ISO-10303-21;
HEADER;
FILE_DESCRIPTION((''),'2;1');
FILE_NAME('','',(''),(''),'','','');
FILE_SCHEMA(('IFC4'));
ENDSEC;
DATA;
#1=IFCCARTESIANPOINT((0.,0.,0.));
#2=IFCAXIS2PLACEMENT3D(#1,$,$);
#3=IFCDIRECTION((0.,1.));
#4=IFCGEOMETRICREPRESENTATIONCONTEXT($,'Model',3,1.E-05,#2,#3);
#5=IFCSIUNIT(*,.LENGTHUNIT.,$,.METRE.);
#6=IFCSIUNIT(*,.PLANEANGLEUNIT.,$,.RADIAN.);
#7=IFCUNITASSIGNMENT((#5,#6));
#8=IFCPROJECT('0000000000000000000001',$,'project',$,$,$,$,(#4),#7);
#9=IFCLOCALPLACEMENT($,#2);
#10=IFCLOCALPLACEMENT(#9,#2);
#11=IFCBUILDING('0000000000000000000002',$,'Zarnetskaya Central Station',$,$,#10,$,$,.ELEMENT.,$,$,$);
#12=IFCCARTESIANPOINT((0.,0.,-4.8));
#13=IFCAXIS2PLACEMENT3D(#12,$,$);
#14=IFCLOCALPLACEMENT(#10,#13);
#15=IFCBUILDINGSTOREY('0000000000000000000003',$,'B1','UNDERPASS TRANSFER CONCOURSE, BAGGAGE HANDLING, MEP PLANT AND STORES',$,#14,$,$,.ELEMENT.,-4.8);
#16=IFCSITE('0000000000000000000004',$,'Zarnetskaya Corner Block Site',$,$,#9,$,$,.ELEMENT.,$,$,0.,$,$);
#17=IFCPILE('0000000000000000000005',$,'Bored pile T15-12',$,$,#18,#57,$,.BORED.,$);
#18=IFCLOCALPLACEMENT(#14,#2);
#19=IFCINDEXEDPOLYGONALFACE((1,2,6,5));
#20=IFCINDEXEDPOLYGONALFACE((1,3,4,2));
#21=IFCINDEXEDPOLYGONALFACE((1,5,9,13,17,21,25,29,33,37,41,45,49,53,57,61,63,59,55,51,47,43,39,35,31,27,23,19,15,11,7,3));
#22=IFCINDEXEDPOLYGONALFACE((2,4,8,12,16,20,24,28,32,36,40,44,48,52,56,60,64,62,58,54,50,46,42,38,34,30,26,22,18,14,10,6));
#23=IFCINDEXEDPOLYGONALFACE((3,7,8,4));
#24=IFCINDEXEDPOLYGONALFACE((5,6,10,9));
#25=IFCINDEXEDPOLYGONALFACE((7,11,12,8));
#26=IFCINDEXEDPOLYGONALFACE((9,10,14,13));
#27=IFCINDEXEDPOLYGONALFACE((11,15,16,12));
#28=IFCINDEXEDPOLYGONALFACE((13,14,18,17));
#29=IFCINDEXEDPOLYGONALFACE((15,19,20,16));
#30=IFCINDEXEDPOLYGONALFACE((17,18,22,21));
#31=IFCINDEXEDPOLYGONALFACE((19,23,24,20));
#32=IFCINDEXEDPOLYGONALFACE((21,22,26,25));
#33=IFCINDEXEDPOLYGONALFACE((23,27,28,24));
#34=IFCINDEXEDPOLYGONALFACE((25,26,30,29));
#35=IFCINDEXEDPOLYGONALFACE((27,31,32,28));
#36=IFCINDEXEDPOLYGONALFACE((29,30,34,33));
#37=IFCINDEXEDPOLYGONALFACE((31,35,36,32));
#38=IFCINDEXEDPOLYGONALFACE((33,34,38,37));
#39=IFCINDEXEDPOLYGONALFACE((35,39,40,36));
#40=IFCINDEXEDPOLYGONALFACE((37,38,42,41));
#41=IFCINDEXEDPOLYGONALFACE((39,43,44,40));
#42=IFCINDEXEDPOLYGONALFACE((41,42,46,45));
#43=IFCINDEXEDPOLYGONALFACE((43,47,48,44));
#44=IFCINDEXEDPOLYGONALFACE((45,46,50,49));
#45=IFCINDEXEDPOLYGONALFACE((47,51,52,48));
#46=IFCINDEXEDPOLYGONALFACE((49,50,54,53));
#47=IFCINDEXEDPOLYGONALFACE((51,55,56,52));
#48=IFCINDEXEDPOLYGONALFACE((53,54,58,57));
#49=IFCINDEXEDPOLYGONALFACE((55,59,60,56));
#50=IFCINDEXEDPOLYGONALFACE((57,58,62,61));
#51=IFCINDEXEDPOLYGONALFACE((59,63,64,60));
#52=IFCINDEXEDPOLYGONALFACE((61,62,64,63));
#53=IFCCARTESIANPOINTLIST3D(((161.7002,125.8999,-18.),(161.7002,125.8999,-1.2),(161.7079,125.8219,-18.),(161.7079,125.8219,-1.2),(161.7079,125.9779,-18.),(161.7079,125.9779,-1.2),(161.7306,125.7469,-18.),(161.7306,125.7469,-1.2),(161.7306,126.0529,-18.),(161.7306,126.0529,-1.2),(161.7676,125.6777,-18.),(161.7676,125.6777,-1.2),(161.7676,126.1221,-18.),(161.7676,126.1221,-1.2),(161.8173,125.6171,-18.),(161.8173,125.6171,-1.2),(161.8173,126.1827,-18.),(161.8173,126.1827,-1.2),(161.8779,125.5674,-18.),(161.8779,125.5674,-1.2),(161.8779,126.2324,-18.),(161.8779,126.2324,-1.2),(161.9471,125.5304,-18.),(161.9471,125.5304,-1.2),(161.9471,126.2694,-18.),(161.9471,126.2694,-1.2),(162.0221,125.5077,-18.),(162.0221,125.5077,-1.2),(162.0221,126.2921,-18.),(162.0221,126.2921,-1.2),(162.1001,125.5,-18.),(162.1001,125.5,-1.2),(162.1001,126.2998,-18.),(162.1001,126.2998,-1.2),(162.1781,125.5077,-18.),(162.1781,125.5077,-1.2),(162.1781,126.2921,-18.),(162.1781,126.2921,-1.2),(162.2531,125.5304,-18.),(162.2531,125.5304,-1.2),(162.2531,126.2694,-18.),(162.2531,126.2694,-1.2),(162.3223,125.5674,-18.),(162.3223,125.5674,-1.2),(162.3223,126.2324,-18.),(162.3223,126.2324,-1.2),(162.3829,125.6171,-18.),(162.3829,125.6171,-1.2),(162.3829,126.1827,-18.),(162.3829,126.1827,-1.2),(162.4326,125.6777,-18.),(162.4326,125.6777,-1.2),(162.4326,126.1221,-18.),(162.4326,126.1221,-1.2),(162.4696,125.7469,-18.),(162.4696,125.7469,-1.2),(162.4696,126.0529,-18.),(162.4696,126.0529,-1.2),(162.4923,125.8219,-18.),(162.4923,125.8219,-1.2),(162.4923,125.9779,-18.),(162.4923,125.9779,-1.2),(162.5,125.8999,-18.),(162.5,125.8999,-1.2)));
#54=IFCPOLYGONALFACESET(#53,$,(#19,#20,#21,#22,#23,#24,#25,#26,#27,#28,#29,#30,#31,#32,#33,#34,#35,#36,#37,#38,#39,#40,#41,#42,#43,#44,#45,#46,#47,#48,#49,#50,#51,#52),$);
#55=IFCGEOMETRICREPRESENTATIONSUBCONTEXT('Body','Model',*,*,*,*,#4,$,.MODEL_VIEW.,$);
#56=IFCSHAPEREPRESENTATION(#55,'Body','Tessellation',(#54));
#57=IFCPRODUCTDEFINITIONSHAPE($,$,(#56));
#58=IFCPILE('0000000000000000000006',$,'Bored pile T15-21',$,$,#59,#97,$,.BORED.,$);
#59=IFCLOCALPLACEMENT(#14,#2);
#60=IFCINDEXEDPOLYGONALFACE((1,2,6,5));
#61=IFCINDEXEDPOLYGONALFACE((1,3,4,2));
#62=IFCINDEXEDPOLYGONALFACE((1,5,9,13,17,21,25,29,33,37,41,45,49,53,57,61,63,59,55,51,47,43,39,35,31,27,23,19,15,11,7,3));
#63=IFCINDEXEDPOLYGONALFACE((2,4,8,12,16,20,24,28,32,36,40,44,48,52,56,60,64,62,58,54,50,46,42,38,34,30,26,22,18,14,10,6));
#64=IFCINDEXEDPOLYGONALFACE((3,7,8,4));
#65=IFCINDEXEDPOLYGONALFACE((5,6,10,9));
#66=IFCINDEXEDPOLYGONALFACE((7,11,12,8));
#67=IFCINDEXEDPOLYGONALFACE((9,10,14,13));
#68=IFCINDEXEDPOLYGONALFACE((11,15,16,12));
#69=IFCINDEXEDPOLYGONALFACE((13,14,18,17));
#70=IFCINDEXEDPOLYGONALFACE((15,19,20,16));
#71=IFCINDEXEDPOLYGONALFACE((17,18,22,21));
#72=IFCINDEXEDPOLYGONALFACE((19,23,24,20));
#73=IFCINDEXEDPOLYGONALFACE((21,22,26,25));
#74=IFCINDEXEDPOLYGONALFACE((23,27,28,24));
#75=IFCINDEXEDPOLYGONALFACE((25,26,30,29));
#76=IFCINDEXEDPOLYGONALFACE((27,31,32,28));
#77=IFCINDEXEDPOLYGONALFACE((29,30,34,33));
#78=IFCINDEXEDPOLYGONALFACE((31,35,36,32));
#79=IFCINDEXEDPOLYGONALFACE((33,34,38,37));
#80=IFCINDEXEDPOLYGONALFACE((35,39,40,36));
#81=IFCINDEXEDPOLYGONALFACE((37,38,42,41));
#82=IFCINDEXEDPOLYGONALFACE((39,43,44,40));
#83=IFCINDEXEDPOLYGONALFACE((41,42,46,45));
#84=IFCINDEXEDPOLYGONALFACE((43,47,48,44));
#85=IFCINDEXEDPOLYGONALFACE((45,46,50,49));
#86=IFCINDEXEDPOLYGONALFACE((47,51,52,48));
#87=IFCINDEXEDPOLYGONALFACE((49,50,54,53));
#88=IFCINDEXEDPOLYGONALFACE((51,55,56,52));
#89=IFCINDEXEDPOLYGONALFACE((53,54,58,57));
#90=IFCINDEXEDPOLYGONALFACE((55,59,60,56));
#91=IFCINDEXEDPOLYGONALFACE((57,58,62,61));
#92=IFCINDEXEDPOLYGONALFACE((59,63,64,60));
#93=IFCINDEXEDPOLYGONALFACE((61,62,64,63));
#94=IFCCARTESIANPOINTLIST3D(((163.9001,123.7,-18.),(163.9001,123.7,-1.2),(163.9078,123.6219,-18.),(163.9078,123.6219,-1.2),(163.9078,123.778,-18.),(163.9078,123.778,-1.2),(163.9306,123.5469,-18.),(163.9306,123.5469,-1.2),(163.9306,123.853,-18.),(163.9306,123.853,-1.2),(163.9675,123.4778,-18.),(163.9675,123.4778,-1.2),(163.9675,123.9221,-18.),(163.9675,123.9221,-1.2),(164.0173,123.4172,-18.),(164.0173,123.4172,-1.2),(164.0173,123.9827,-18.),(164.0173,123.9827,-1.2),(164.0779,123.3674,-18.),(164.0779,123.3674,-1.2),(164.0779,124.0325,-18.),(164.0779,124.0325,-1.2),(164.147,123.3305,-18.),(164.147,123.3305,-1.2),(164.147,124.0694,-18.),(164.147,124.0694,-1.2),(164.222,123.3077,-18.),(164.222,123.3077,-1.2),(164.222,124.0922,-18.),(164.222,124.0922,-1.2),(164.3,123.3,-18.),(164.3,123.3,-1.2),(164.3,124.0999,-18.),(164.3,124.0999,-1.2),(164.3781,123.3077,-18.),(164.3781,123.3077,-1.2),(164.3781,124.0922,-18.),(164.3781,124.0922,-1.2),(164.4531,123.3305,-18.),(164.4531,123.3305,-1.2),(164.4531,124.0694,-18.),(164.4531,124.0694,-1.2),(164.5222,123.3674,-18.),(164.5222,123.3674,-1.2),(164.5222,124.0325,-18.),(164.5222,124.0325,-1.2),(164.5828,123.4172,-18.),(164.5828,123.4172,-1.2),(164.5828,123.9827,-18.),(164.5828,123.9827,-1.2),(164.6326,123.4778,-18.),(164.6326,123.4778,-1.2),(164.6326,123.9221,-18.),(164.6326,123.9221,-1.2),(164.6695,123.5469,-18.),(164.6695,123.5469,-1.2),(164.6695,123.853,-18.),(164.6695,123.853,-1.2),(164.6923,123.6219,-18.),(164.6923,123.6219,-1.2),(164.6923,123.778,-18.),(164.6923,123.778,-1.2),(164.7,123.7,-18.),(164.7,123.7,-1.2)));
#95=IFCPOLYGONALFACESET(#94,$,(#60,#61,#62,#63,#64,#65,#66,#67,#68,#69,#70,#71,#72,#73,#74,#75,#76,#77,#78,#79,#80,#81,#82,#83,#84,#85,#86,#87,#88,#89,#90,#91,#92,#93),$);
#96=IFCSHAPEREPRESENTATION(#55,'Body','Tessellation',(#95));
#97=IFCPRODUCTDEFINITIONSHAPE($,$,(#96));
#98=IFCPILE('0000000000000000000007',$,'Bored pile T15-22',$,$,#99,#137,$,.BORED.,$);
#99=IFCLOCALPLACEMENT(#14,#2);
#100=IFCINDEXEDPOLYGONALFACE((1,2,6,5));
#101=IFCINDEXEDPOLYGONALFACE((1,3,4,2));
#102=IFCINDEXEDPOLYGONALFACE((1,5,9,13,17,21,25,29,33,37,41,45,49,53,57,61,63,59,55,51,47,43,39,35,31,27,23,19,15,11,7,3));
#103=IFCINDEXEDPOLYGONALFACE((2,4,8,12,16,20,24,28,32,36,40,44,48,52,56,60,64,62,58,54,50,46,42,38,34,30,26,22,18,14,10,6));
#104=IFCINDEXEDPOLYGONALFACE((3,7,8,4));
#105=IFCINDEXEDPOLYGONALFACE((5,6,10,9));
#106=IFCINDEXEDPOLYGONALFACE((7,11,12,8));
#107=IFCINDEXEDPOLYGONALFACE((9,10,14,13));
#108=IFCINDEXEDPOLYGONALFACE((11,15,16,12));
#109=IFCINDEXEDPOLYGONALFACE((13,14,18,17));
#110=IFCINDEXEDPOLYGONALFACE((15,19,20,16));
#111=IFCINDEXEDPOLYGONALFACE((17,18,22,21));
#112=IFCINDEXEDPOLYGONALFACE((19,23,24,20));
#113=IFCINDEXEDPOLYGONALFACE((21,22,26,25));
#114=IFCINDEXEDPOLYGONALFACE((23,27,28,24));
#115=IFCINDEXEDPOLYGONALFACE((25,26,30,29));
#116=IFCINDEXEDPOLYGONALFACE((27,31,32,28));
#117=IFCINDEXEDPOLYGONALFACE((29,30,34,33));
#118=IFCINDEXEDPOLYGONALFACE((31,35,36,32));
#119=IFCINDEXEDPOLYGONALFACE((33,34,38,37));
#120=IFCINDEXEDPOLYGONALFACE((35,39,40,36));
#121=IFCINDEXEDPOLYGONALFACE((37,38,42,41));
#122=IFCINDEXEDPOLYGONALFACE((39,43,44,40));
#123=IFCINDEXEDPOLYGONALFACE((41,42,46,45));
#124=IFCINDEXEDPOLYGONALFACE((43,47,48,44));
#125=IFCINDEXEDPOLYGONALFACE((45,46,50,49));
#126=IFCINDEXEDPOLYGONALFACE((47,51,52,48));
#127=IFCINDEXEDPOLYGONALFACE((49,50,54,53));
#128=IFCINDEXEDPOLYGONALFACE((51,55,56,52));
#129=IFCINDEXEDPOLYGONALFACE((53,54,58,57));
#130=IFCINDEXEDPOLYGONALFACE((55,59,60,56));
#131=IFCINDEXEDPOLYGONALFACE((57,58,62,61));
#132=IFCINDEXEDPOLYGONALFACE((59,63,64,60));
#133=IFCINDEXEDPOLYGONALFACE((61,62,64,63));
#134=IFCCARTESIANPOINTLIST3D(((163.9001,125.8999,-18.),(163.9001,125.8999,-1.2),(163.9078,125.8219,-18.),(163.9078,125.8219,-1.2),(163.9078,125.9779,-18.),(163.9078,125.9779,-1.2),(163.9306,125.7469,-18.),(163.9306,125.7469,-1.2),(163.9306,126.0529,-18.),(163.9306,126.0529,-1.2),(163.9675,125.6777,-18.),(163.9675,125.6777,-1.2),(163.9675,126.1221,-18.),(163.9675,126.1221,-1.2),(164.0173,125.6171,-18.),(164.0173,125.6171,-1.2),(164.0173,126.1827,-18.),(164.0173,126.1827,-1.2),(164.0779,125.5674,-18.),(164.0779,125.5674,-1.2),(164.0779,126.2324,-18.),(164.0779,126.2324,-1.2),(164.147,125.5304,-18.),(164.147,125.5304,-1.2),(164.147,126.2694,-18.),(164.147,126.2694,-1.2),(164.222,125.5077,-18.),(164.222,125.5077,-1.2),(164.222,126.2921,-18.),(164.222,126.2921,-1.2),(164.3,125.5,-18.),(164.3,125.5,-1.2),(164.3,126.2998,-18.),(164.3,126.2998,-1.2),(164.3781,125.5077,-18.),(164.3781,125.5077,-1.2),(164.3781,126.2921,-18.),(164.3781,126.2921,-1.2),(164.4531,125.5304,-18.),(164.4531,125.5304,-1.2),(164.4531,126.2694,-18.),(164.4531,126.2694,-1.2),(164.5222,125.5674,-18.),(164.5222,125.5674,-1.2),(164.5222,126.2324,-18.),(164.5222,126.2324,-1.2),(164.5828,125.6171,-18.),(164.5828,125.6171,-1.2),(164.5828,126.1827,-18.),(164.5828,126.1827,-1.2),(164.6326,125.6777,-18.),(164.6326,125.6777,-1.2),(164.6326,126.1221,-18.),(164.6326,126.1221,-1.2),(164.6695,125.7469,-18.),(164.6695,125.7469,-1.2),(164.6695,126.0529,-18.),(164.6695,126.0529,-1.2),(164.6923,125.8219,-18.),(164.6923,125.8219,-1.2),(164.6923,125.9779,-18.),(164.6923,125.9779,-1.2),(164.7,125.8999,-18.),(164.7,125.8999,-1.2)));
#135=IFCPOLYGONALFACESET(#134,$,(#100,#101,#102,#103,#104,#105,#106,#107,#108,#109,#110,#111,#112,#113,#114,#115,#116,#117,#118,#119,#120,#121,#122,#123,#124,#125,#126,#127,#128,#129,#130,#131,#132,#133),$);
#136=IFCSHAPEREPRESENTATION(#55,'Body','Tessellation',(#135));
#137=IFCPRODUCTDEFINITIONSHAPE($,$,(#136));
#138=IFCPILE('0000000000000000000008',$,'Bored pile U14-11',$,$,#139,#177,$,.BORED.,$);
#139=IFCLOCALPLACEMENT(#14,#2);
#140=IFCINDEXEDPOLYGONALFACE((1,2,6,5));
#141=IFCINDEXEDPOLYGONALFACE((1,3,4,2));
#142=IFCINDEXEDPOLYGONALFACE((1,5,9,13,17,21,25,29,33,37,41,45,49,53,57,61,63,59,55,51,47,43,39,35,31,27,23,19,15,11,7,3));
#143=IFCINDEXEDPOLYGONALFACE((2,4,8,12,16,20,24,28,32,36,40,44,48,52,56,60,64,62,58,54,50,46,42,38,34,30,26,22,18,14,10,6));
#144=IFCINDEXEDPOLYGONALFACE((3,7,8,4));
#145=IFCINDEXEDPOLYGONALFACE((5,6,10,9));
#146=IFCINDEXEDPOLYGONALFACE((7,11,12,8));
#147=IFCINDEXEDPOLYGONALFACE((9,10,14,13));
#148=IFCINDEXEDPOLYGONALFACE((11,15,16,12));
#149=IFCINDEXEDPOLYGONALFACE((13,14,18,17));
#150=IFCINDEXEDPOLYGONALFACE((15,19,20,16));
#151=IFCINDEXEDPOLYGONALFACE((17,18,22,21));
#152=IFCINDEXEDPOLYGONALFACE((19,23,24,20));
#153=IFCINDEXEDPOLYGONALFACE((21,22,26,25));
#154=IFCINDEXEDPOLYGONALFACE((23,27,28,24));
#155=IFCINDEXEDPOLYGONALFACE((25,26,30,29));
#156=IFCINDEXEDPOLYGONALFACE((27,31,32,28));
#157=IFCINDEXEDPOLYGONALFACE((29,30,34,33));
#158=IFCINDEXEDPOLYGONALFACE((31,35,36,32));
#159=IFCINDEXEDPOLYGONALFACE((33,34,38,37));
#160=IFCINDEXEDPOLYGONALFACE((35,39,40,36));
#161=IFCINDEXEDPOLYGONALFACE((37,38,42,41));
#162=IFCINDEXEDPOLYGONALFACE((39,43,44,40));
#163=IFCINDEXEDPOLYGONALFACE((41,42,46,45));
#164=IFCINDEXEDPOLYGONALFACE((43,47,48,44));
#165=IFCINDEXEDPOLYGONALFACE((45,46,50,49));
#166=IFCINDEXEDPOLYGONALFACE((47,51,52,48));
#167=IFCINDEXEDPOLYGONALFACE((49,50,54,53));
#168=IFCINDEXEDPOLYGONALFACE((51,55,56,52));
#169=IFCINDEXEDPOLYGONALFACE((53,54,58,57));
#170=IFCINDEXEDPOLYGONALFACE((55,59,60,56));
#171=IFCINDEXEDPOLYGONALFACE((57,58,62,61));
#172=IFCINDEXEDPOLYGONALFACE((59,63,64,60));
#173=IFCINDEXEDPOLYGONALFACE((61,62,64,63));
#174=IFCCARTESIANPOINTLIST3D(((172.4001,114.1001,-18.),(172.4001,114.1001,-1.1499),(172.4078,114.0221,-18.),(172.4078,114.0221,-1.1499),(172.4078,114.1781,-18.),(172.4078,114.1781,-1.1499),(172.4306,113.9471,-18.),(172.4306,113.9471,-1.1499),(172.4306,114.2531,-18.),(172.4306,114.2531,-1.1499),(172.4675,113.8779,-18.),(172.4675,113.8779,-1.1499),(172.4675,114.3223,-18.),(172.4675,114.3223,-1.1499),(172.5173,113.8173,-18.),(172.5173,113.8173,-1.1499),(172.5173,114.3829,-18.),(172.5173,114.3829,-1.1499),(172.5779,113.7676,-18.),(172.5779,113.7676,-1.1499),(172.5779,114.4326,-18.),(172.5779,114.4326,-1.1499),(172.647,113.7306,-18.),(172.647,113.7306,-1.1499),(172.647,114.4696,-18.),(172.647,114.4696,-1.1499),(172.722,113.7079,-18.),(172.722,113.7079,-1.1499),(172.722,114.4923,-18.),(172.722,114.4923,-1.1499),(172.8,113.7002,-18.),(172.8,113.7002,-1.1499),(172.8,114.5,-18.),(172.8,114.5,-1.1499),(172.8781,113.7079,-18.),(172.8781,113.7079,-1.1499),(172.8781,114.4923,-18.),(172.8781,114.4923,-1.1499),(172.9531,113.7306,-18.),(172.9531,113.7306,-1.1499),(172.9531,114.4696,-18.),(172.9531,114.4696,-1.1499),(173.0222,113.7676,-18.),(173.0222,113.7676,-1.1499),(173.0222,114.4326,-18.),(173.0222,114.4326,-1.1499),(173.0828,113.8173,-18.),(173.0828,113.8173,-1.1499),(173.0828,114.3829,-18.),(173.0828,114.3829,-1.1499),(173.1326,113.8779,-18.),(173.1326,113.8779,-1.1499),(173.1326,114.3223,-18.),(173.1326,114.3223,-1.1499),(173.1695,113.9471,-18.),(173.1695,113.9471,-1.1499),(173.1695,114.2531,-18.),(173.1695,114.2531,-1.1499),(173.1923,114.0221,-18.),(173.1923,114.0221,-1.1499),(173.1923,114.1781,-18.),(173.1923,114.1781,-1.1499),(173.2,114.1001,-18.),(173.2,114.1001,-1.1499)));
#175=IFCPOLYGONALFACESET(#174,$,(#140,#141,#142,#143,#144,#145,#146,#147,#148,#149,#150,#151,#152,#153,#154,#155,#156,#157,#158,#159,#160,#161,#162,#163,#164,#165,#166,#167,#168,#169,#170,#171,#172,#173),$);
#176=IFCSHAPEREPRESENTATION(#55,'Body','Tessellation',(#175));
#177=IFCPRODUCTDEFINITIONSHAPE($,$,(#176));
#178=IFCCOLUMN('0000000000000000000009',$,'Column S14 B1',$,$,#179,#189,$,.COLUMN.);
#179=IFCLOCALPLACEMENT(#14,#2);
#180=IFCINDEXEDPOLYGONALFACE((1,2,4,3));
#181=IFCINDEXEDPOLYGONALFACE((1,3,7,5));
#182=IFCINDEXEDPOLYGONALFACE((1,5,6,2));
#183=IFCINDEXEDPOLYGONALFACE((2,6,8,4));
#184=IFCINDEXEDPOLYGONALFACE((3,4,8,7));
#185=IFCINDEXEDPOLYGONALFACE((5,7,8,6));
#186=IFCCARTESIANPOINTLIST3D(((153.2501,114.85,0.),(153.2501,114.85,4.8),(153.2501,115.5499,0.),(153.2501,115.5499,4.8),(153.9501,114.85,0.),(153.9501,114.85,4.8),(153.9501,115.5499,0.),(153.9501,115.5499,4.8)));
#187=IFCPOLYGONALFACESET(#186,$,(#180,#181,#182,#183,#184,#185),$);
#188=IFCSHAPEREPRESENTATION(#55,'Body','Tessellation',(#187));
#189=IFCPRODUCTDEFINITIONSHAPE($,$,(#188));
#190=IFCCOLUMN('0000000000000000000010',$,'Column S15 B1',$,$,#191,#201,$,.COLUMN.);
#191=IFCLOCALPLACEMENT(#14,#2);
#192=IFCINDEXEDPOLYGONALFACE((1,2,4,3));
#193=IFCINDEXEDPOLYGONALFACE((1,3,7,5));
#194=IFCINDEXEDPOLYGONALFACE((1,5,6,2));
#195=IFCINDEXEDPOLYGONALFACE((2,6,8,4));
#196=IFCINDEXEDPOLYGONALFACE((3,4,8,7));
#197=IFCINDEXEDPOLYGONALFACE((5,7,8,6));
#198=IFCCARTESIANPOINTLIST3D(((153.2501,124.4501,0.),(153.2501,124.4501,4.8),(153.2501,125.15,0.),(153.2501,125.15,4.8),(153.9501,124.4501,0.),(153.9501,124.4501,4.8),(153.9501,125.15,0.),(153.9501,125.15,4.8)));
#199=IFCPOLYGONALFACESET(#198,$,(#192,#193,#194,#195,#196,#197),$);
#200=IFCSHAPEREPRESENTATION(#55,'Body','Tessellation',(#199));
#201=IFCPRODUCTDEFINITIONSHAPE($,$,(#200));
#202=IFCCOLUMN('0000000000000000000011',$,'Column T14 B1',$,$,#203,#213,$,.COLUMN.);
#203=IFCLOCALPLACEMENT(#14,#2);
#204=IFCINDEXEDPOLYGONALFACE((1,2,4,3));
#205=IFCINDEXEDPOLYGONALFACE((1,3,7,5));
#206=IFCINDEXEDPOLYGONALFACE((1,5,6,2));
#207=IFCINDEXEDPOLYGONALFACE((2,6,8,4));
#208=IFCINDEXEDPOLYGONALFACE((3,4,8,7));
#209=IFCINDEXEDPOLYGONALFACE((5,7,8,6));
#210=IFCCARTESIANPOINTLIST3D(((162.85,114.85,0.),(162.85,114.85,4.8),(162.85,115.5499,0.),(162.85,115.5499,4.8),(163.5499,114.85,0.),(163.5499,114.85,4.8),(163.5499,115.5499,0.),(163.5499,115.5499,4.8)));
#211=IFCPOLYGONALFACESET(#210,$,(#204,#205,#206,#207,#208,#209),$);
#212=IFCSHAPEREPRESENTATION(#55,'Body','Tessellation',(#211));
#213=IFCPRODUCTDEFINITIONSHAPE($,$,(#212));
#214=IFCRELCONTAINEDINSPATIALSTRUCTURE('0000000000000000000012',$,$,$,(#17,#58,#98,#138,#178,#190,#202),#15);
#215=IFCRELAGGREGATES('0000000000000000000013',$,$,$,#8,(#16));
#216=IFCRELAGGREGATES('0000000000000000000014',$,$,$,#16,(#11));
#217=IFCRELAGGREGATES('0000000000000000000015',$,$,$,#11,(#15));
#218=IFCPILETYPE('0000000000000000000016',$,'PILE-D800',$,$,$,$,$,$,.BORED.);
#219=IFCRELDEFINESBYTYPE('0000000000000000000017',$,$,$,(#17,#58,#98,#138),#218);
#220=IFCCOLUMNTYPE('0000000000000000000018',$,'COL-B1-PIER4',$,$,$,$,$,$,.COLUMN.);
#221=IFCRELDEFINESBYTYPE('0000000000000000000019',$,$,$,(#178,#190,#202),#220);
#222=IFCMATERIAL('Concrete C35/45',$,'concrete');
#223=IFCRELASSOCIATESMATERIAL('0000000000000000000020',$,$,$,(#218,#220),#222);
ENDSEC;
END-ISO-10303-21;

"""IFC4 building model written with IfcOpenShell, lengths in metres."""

from ifc_helpers import new_model, si_unit, direction, frame, origin, origin_2d, place, context, subcontext, project, spatial, rectangle, circle, extrude, material, material_profile, profile_set, type_object, element, save


model = new_model("IFC4")

# Units and contexts
model_context = context("Model", 3, precision=1e-05, world=origin(), true_north=direction((0.0, 1.0)))
body_context = subcontext(model_context, "Body", "Model", "MODEL_VIEW")
ifc_project = project(units=[si_unit("LENGTHUNIT", "METRE"), si_unit("PLANEANGLEUNIT", "RADIAN")], contexts=[model_context])

# Site, building, storey
site_placement = place(None, origin())
site = spatial("IfcSite", under=ifc_project, at=site_placement, Name="Zarnetskaya Corner Block Site", CompositionType="ELEMENT", RefElevation=0.0)
building_placement = place(site_placement, origin())
building = spatial("IfcBuilding", under=site, at=building_placement, Name="Zarnetskaya Central Station", CompositionType="ELEMENT")
storey_placement = place(building_placement, frame((0.0, 0.0, -4.8)))
storey = spatial("IfcBuildingStorey", under=building, at=storey_placement, Name="B1", Description="UNDERPASS TRANSFER CONCOURSE, BAGGAGE HANDLING, MEP PLANT AND STORES", CompositionType="ELEMENT", Elevation=-4.8)

# Shared definitions
ifc_material = material(Name="Concrete C35/45", Category="concrete")

# Piles
ifc_material_profile_1 = material_profile(ifc_material, circle(Radius=0.3999, at=origin_2d()), Name="BORED PILE D800")
ifc_profile_set_1 = profile_set([ifc_material_profile_1], Name="Concrete C35/45")
pile_type = type_object("IfcPileType", Name="PILE-D800", PredefinedType="BORED", material=ifc_profile_set_1)
for number, where, z_axis, x_axis, name in (
    (1, (162.1001, 125.8999, -1.2), (0.0, 0.0, -1.0), (1.0, 0.0, 0.0), "Bored pile T15-12"),
    (2, (164.3, 123.7, -1.2), (0.0, 0.0, -1.0), (1.0, 0.0, 0.0), "Bored pile T15-21"),
    (3, (164.3, 125.8999, -1.2), (0.0, 0.0, -1.0), (1.0, 0.0, 0.0), "Bored pile T15-22"),
):
    element("IfcPile", number, at=place(storey_placement, frame(where, z_axis=z_axis, x_axis=x_axis)), inside=storey, type_object=pile_type, Name=name, PredefinedType="BORED", context=body_context, shape_type="SweptSolid", body=[
        extrude(circle(Radius=0.3999, at=origin_2d()), origin(), (0.0, 0.0, 1.0), 16.8),
    ])
pile_placement = place(storey_placement, frame((172.8, 114.1001, -1.1499), z_axis=(0.0, 0.0, -1.0), x_axis=(1.0, 0.0, 0.0)))
element("IfcPile", 4, at=pile_placement, inside=storey, type_object=pile_type, Name="Bored pile U14-11", PredefinedType="BORED", context=body_context, shape_type="SweptSolid", body=[
    extrude(circle(Radius=0.3999, at=origin_2d()), origin(), (0.0, 0.0, 1.0), 16.8501),
])

# Columns
ifc_material_profile_2 = material_profile(ifc_material, rectangle(XDim=0.7, YDim=0.7, at=origin_2d()), Name="RC 700x700")
ifc_profile_set_2 = profile_set([ifc_material_profile_2], Name="Concrete C35/45")
column_type_1 = type_object("IfcColumnType", Name="COL-B1-PIER4", PredefinedType="COLUMN", material=ifc_profile_set_2)
for number, where, z_axis, x_axis, name in (
    (5, (153.6001, 115.2, 0.0), (0.0, 0.0, 1.0), (1.0, 0.0, 0.0), "Column S14 B1"),
    (6, (153.6001, 124.8, 0.0), (0.0, 0.0, 1.0), (1.0, 0.0, 0.0), "Column S15 B1"),
    (7, (163.2, 115.2, 0.0), (0.0, 0.0, 1.0), (1.0, 0.0, 0.0), "Column T14 B1"),
):
    element("IfcColumn", number, at=place(storey_placement, frame(where, z_axis=z_axis, x_axis=x_axis)), inside=storey, type_object=column_type_1, Name=name, PredefinedType="COLUMN", context=body_context, shape_type="SweptSolid", body=[
        extrude(rectangle(XDim=0.7, YDim=0.7, at=origin_2d()), origin(), (0.0, 0.0, 1.0), 4.8),
    ])

save(model, "model.ifc")
